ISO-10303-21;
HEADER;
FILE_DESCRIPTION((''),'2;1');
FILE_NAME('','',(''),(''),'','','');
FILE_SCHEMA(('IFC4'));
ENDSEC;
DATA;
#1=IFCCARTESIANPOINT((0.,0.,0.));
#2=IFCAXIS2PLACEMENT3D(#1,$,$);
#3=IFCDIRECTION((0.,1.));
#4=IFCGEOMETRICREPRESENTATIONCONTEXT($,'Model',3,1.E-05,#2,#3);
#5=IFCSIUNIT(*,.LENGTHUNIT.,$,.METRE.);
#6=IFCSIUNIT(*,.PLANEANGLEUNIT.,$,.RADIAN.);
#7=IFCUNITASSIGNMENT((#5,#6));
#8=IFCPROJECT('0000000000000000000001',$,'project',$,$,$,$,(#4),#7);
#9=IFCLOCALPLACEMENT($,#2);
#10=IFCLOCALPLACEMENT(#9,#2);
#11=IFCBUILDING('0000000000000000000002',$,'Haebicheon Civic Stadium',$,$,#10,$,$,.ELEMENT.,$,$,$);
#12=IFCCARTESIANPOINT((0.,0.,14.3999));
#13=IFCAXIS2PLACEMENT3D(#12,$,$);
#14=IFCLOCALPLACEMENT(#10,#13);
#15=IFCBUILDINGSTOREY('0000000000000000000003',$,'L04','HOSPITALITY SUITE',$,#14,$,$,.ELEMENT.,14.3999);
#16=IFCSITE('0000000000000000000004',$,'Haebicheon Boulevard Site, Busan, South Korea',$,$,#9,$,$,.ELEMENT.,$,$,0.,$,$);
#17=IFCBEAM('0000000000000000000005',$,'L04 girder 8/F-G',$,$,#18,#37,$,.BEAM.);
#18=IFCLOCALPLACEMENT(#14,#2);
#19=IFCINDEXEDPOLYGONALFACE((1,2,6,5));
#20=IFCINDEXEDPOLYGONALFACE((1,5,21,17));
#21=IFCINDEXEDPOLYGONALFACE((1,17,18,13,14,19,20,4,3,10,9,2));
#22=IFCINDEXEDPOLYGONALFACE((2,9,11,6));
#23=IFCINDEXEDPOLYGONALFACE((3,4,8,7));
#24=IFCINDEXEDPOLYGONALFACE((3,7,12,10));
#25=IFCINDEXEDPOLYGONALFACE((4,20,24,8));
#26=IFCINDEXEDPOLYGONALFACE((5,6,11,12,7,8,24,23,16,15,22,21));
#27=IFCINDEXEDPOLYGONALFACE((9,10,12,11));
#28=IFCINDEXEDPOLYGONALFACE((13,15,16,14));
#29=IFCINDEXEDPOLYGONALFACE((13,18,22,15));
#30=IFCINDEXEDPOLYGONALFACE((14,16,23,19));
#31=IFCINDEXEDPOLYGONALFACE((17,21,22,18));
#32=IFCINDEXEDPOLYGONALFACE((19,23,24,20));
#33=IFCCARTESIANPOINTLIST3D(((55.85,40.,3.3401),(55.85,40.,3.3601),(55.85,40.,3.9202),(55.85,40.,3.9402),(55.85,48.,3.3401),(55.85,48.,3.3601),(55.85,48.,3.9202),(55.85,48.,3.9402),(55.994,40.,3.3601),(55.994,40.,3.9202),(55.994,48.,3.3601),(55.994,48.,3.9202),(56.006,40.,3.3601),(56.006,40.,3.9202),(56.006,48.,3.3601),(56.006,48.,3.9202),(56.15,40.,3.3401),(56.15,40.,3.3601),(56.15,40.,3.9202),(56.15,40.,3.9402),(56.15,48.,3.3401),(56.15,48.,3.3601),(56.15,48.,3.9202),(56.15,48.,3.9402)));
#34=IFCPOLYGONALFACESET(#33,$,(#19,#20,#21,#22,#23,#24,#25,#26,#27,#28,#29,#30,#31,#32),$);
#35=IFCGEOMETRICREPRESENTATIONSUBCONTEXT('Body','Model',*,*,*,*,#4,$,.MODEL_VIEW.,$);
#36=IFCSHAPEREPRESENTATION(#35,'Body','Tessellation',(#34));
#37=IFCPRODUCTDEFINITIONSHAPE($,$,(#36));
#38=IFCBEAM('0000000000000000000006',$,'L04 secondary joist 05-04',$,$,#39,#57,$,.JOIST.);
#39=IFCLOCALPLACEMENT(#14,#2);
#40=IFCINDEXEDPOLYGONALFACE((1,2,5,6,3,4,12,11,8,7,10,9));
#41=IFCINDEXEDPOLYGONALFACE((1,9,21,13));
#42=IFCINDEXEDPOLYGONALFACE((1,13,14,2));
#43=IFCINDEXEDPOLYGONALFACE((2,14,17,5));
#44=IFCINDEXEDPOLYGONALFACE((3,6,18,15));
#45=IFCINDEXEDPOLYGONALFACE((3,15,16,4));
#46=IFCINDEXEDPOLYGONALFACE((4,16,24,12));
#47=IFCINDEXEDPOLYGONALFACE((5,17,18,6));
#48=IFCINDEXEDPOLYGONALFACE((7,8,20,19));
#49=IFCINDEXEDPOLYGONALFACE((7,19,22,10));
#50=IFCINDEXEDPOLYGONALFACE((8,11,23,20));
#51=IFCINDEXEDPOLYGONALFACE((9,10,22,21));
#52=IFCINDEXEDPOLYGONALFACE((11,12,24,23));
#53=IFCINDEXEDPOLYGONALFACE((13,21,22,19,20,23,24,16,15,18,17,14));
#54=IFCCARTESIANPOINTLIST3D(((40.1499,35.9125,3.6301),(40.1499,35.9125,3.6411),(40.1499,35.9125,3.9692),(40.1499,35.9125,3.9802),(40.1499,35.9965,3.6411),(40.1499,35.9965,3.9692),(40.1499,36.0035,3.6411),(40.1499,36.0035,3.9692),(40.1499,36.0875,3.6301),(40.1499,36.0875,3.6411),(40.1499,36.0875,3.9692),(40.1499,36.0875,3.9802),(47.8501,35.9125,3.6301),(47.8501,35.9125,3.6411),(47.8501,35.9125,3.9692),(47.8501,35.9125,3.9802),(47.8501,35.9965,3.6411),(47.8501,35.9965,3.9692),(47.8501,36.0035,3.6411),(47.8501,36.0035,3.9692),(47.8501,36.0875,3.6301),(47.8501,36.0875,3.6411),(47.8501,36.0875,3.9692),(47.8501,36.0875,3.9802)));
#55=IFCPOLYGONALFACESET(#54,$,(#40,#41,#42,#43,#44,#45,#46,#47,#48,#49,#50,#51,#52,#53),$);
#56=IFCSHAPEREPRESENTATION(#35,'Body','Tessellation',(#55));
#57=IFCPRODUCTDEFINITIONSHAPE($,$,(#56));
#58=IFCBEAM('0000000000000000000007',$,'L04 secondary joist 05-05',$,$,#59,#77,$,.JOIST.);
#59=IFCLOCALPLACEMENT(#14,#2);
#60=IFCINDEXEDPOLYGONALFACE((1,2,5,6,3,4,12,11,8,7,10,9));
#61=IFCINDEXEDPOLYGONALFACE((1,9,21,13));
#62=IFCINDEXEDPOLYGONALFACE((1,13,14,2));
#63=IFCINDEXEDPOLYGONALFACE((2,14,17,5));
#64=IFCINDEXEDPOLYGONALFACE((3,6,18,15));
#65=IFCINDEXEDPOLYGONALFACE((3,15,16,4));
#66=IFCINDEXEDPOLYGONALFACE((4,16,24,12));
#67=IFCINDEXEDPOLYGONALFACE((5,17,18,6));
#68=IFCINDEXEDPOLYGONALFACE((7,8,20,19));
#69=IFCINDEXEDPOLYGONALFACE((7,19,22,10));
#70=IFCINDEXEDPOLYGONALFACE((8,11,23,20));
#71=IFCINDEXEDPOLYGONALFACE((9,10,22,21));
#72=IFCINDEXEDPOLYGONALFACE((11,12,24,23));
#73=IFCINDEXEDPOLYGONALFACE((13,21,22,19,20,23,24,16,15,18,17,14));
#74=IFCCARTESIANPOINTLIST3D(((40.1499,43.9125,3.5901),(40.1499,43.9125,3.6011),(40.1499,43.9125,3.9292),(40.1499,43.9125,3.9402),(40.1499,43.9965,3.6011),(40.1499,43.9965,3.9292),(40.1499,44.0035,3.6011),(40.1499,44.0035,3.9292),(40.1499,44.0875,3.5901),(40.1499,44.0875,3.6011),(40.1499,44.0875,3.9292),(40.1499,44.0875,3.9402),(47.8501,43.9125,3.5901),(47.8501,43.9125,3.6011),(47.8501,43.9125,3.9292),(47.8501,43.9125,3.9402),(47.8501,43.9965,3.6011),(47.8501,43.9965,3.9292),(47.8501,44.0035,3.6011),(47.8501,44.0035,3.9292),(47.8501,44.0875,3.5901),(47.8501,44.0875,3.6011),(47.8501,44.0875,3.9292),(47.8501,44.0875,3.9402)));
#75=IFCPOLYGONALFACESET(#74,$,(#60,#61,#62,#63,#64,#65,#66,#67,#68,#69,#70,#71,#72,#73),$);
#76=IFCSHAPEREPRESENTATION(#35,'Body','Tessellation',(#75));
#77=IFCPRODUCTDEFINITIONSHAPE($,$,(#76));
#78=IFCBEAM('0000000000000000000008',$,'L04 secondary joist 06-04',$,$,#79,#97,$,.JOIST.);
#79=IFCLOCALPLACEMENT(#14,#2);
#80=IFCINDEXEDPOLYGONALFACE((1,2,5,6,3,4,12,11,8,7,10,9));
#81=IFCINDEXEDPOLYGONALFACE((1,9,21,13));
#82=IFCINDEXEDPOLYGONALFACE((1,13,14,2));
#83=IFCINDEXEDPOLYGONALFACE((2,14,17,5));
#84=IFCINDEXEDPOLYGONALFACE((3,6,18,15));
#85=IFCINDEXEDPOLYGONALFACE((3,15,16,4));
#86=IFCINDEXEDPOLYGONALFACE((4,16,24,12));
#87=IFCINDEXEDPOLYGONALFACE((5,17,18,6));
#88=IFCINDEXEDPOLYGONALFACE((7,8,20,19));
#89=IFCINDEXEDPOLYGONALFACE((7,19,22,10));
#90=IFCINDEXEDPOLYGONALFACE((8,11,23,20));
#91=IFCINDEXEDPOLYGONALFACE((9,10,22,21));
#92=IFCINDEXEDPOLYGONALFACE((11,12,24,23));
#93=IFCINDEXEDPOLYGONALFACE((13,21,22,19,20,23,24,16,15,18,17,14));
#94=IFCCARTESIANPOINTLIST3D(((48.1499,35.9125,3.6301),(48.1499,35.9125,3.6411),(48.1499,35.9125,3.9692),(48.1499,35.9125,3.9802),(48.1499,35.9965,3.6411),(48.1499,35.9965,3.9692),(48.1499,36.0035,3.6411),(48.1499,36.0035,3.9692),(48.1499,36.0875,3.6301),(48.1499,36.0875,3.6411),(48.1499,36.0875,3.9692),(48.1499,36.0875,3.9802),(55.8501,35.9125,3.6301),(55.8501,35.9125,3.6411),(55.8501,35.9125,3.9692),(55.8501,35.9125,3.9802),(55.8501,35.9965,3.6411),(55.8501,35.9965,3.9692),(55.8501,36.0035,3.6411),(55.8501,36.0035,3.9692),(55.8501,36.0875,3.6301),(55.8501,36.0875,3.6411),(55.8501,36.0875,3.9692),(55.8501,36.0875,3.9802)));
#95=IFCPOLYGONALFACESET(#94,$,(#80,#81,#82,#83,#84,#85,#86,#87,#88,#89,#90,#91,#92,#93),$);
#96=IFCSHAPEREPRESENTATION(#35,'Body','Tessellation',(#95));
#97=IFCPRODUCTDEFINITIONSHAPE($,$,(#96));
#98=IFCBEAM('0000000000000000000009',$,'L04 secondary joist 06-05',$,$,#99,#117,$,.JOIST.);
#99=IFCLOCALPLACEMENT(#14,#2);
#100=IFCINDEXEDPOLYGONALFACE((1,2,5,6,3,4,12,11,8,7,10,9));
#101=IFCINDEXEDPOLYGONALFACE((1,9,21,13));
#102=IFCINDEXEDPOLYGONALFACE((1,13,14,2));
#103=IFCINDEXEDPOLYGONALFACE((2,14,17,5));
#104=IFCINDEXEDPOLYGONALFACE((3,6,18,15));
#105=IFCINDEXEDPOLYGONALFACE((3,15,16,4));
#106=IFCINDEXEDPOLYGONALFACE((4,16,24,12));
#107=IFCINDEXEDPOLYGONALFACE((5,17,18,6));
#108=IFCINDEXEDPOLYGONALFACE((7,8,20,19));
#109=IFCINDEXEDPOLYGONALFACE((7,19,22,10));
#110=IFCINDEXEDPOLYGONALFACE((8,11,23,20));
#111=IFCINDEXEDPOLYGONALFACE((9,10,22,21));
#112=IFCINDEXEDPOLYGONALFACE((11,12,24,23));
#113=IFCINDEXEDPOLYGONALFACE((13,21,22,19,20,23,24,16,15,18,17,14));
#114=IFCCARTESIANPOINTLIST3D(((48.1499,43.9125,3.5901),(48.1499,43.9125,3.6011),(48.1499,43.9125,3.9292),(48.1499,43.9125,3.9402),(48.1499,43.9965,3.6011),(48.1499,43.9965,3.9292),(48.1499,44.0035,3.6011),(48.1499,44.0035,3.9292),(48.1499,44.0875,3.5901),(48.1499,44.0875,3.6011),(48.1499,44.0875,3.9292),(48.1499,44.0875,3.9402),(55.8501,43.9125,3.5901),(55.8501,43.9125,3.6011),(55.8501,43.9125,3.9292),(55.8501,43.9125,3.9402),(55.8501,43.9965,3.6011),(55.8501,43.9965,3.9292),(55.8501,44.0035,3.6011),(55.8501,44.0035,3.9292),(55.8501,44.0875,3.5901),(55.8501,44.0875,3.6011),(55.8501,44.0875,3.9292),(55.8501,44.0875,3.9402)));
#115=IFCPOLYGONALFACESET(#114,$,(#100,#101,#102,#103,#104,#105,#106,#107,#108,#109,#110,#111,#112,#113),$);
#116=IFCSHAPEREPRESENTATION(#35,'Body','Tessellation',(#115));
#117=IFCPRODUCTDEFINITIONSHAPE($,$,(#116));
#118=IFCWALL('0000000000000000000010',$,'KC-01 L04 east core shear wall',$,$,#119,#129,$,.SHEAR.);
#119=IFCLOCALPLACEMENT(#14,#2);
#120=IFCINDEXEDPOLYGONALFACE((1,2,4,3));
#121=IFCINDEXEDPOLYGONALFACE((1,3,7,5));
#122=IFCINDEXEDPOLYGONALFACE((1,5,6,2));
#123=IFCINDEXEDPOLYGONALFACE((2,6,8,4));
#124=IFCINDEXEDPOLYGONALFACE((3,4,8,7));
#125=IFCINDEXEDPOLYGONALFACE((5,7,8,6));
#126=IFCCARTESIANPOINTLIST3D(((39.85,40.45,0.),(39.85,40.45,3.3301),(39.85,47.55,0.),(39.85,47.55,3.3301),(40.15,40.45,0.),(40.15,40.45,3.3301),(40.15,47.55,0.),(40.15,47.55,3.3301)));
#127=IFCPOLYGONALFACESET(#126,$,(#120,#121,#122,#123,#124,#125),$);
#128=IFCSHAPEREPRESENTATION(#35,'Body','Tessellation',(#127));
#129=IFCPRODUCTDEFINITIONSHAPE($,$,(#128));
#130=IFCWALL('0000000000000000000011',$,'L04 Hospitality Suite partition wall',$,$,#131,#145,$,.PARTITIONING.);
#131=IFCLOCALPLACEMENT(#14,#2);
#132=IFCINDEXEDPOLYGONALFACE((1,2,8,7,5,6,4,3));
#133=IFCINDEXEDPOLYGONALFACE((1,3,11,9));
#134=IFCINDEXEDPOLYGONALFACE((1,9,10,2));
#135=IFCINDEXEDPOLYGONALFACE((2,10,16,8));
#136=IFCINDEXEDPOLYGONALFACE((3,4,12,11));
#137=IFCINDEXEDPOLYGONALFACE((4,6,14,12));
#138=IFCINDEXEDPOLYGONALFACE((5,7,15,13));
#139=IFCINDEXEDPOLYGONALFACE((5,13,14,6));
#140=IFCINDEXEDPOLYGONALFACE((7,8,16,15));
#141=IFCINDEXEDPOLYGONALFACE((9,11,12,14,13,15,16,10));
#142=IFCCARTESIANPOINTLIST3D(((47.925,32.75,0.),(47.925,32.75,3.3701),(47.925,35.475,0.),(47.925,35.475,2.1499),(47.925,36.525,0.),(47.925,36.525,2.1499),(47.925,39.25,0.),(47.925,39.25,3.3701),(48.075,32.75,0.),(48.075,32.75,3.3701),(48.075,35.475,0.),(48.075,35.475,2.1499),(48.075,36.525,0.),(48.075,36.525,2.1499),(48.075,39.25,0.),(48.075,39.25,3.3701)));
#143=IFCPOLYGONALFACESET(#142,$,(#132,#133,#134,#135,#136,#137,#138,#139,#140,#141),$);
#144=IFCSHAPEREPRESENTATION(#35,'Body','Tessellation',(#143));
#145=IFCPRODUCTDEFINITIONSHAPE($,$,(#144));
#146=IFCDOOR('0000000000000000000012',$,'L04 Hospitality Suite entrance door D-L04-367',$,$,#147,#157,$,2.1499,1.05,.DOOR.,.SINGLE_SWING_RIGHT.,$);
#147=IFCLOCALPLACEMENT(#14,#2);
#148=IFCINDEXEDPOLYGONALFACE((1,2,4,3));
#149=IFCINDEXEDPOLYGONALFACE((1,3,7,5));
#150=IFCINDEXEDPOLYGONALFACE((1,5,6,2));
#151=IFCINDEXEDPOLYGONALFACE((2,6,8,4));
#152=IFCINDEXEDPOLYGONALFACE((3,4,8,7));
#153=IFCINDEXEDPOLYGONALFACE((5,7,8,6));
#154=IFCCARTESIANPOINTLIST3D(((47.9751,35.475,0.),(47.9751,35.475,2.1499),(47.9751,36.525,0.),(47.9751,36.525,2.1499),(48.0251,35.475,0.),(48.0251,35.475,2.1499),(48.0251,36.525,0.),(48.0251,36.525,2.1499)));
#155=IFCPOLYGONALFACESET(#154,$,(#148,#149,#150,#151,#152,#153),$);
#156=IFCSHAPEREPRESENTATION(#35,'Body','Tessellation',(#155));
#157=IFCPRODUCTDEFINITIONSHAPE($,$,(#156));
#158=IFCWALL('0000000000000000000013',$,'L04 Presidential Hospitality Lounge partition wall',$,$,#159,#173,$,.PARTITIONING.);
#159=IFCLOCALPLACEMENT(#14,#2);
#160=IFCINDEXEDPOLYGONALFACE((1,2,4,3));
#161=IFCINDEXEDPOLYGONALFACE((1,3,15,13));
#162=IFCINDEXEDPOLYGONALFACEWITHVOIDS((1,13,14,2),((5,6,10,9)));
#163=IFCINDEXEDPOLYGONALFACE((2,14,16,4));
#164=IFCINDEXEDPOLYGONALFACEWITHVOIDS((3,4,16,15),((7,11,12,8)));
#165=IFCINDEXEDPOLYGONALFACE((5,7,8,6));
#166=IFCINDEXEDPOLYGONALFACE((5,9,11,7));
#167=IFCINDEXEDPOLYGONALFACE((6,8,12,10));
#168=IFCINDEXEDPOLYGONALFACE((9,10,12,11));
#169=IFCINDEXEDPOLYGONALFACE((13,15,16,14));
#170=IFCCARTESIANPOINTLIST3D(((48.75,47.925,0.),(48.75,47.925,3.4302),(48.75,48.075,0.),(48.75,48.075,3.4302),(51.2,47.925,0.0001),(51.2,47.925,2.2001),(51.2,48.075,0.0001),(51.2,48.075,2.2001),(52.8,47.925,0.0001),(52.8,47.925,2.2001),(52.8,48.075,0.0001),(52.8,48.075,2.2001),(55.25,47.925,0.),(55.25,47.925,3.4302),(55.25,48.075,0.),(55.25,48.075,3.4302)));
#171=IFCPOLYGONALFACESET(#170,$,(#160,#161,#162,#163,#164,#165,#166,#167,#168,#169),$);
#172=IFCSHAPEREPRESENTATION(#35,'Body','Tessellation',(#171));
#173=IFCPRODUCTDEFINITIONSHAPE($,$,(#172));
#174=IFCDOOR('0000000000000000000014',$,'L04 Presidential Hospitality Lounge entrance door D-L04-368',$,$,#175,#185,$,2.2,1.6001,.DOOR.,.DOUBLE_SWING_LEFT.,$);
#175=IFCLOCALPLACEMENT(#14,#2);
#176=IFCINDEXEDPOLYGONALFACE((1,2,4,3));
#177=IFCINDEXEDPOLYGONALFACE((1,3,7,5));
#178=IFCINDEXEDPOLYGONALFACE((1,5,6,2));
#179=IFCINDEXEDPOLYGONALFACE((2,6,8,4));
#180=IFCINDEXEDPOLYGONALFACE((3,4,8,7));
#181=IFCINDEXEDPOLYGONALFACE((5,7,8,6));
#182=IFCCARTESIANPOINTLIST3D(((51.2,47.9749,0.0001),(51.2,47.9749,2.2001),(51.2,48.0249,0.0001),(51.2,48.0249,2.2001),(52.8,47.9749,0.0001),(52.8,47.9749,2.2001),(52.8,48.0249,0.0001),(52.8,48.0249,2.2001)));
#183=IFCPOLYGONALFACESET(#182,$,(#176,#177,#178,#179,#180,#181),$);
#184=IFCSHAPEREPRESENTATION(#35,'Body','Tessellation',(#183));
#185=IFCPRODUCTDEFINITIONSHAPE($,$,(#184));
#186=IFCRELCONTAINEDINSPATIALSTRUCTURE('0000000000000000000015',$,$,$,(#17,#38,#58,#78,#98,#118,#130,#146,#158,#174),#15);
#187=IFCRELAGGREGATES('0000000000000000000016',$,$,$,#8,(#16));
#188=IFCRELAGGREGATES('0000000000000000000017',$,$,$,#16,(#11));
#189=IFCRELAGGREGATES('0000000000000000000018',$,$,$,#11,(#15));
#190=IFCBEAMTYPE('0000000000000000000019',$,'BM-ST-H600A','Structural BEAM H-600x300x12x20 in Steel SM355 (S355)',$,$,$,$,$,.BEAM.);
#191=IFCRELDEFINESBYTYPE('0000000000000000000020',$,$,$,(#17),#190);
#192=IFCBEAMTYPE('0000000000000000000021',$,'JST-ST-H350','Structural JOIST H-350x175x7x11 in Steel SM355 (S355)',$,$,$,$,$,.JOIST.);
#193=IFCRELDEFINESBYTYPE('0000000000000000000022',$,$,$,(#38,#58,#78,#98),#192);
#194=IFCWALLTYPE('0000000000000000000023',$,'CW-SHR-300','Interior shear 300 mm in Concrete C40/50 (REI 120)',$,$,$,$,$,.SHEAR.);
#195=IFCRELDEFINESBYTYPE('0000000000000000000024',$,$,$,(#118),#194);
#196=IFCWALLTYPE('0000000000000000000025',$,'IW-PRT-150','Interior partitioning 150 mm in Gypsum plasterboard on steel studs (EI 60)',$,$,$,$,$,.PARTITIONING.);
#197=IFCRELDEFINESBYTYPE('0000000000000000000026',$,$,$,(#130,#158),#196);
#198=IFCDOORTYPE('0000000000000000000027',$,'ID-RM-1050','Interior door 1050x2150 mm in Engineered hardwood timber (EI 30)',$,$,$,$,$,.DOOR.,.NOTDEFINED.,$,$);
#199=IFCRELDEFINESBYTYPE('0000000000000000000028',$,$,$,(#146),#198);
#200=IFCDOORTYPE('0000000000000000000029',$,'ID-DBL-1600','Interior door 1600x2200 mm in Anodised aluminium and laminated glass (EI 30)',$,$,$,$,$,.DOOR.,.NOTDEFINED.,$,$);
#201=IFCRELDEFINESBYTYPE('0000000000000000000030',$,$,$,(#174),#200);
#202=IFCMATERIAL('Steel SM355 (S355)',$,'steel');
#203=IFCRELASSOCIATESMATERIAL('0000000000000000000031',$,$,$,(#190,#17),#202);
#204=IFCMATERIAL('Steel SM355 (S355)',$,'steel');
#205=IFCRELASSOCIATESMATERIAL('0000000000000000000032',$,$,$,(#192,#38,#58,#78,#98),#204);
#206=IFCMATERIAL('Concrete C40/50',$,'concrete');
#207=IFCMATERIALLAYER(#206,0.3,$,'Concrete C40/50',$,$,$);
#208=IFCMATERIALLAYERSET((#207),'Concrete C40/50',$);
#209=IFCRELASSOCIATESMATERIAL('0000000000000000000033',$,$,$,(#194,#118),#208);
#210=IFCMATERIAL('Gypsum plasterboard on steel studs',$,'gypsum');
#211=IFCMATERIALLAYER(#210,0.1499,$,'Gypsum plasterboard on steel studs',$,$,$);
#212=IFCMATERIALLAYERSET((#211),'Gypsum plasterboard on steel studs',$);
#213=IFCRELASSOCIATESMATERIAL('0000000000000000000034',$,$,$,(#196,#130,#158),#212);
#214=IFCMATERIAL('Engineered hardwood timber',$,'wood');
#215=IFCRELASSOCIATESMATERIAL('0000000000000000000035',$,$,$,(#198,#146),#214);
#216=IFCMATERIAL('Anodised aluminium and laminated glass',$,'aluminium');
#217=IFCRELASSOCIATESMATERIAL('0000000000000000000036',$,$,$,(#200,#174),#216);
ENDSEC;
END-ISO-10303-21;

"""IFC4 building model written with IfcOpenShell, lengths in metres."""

from ifc_helpers import new_model, si_unit, direction, frame, frame_2d, origin, origin_2d, place, context, subcontext, project, spatial, rectangle, i_section, extrude, material, layer, layer_set, material_profile, profile_set, type_object, element, fill, save


model = new_model("IFC4")

# Units and contexts
model_context = context("Model", 3, precision=1e-05, world=origin(), true_north=direction((0.0, 1.0)))
body_context = subcontext(model_context, "Body", "Model", "MODEL_VIEW")
ifc_project = project(units=[si_unit("LENGTHUNIT", "METRE"), si_unit("PLANEANGLEUNIT", "RADIAN")], contexts=[model_context])

# Site, building, storey
site_placement = place(None, origin())
site = spatial("IfcSite", under=ifc_project, at=site_placement, Name="Haebicheon Boulevard Site, Busan, South Korea", CompositionType="ELEMENT", RefElevation=0.0)
building_placement = place(site_placement, origin())
building = spatial("IfcBuilding", under=site, at=building_placement, Name="Haebicheon Civic Stadium", CompositionType="ELEMENT")
storey_placement = place(building_placement, frame((0.0, 0.0, 14.3999)))
storey = spatial("IfcBuildingStorey", under=building, at=storey_placement, Name="L04", Description="HOSPITALITY SUITE", CompositionType="ELEMENT", Elevation=14.3999)

# Beams
ifc_material_1 = material(Name="Steel SM355 (S355)", Category="steel")
ifc_material_profile_1 = material_profile(ifc_material_1, i_section(OverallWidth=0.3, OverallDepth=0.6001, WebThickness=0.012, FlangeThickness=0.02, at=origin_2d()), Name="H-600x300x12x20")
ifc_profile_set_1 = profile_set([ifc_material_profile_1], Name="Steel SM355 (S355)")
beam_type_1 = type_object("IfcBeamType", Name="BM-ST-H600A", Description="Structural BEAM H-600x300x12x20 in Steel SM355 (S355)", PredefinedType="BEAM", material=ifc_profile_set_1)
for number, where, z_axis, x_axis, name in (
    (1, (56.0, 40.0, 3.6401), (0.0, 1.0, 0.0), (-1.0, 0.0, 0.0), "L04 girder 8/F-G"),
):
    element("IfcBeam", number, at=place(storey_placement, frame(where, z_axis=z_axis, x_axis=x_axis)), inside=storey, type_object=beam_type_1, material=ifc_profile_set_1, Name=name, PredefinedType="BEAM", context=body_context, shape_type="SweptSolid", body=[
        extrude(i_section(OverallWidth=0.3, OverallDepth=0.6001, WebThickness=0.012, FlangeThickness=0.02, at=origin_2d()), origin(), (0.0, 0.0, 1.0), 8.0),
    ])
ifc_material_2 = material(Name="Steel SM355 (S355)", Category="steel")
ifc_material_profile_2 = material_profile(ifc_material_2, i_section(OverallWidth=0.175, OverallDepth=0.3501, WebThickness=0.0071, FlangeThickness=0.011, at=origin_2d()), Name="H-350x175x7x11")
ifc_profile_set_2 = profile_set([ifc_material_profile_2], Name="Steel SM355 (S355)")
beam_type_2 = type_object("IfcBeamType", Name="JST-ST-H350", Description="Structural JOIST H-350x175x7x11 in Steel SM355 (S355)", PredefinedType="JOIST", material=ifc_profile_set_2)
for number, where, z_axis, x_axis, name in (
    (2, (40.1499, 36.0, 3.8052), (1.0, 0.0, 0.0), (0.0, 1.0, 0.0), "L04 secondary joist 05-04"),
    (3, (40.1499, 44.0, 3.7651), (1.0, 0.0, 0.0), (0.0, 1.0, 0.0), "L04 secondary joist 05-05"),
    (4, (48.1499, 36.0, 3.8052), (1.0, 0.0, 0.0), (0.0, 1.0, 0.0), "L04 secondary joist 06-04"),
    (5, (48.1499, 44.0, 3.7651), (1.0, 0.0, 0.0), (0.0, 1.0, 0.0), "L04 secondary joist 06-05"),
):
    element("IfcBeam", number, at=place(storey_placement, frame(where, z_axis=z_axis, x_axis=x_axis)), inside=storey, type_object=beam_type_2, material=ifc_profile_set_2, Name=name, PredefinedType="JOIST", context=body_context, shape_type="SweptSolid", body=[
        extrude(i_section(OverallWidth=0.175, OverallDepth=0.3501, WebThickness=0.0071, FlangeThickness=0.011, at=origin_2d()), origin(), (0.0, 0.0, 1.0), 7.7002),
    ])

# Wall
ifc_material_3 = material(Name="Concrete C40/50", Category="concrete")
ifc_layer_1 = layer(ifc_material_3, 0.3, Name="Concrete C40/50")
ifc_layer_set_1 = layer_set([ifc_layer_1], Name="Concrete C40/50")
wall_type_1 = type_object("IfcWallType", Name="CW-SHR-300", Description="Interior shear 300 mm in Concrete C40/50 (REI 120)", PredefinedType="SHEAR", material=ifc_layer_set_1)
wall_1_placement = place(storey_placement, frame((40.0, 40.45, 0.0), z_axis=(0.0, 0.0, 1.0), x_axis=(0.0, 1.0, 0.0)))
element("IfcWall", 6, at=wall_1_placement, inside=storey, type_object=wall_type_1, material=ifc_layer_set_1, Name="KC-01 L04 east core shear wall", PredefinedType="SHEAR", context=body_context, shape_type="SweptSolid", body=[
    extrude(rectangle(XDim=7.1001, YDim=0.3, at=frame_2d((3.55, 0.0))), origin(), (0.0, 0.0, 1.0), 3.3301),
])

# Walls, openings, doors
ifc_material_4 = material(Name="Gypsum plasterboard on steel studs", Category="gypsum")
ifc_layer_2 = layer(ifc_material_4, 0.1499, Name="Gypsum plasterboard on steel studs")
ifc_layer_set_2 = layer_set([ifc_layer_2], Name="Gypsum plasterboard on steel studs")
wall_type_2 = type_object("IfcWallType", Name="IW-PRT-150", Description="Interior partitioning 150 mm in Gypsum plasterboard on steel studs (EI 60)", PredefinedType="PARTITIONING", material=ifc_layer_set_2)
wall_2_placement = place(storey_placement, frame((48.0, 32.75, 0.0), z_axis=(0.0, 0.0, 1.0), x_axis=(0.0, 1.0, 0.0)))
wall_2 = element("IfcWall", 7, at=wall_2_placement, inside=storey, type_object=wall_type_2, material=ifc_layer_set_2, Name="L04 Hospitality Suite partition wall", PredefinedType="PARTITIONING", context=body_context, shape_type="SweptSolid", body=[
    extrude(rectangle(XDim=6.5, YDim=0.1499, at=frame_2d((3.25, 0.0))), origin(), (0.0, 0.0, 1.0), 3.3701),
])
opening_1_placement = place(wall_2_placement, frame((2.7251, 0.0, 0.0)))
opening_1 = element("IfcOpeningElement", 8, at=opening_1_placement, cuts=wall_2, PredefinedType="OPENING", context=body_context, shape_type="SweptSolid", body=[
    extrude(rectangle(XDim=1.05, YDim=2.1499, at=frame_2d((0.5249, 1.075))), frame((0.0, 0.085, 0.0), z_axis=(0.0, -1.0, 0.0), x_axis=(1.0, 0.0, 0.0)), (0.0, 0.0, 1.0), 0.1699),
])
ifc_material_5 = material(Name="Engineered hardwood timber", Category="wood")
door_type_1 = type_object("IfcDoorType", Name="ID-RM-1050", Description="Interior door 1050x2150 mm in Engineered hardwood timber (EI 30)", OperationType="NOTDEFINED", PredefinedType="DOOR", material=ifc_material_5)
door_1_placement = place(opening_1_placement, origin())
door_1 = element("IfcDoor", 9, at=door_1_placement, inside=storey, type_object=door_type_1, material=ifc_material_5, Name="L04 Hospitality Suite entrance door D-L04-367", OperationType="SINGLE_SWING_RIGHT", OverallHeight=2.1499, OverallWidth=1.05, PredefinedType="DOOR", context=body_context, shape_type="SweptSolid", body=[
    extrude(rectangle(XDim=1.05, YDim=2.1499, at=frame_2d((0.5249, 1.075))), frame((0.0, 0.0249, 0.0), z_axis=(0.0, -1.0, 0.0), x_axis=(1.0, 0.0, 0.0)), (0.0, 0.0, 1.0), 0.05),
])
fill(opening_1, door_1)
wall_3_placement = place(storey_placement, frame((48.75, 48.0, 0.0), z_axis=(0.0, 0.0, 1.0), x_axis=(1.0, 0.0, 0.0)))
wall_3 = element("IfcWall", 10, at=wall_3_placement, inside=storey, type_object=wall_type_2, material=ifc_layer_set_2, Name="L04 Presidential Hospitality Lounge partition wall", PredefinedType="PARTITIONING", context=body_context, shape_type="SweptSolid", body=[
    extrude(rectangle(XDim=6.5, YDim=0.1499, at=frame_2d((3.25, 0.0))), origin(), (0.0, 0.0, 1.0), 3.4302),
])
opening_2_placement = place(wall_3_placement, frame((2.45, 0.0, 0.0)))
opening_2 = element("IfcOpeningElement", 11, at=opening_2_placement, cuts=wall_3, PredefinedType="OPENING", context=body_context, shape_type="SweptSolid", body=[
    extrude(rectangle(XDim=1.6001, YDim=2.2, at=frame_2d((0.8, 1.1001))), frame((0.0, 0.085, 0.0), z_axis=(0.0, -1.0, 0.0), x_axis=(1.0, 0.0, 0.0)), (0.0, 0.0, 1.0), 0.1699),
])
ifc_material_6 = material(Name="Anodised aluminium and laminated glass", Category="aluminium")
door_type_2 = type_object("IfcDoorType", Name="ID-DBL-1600", Description="Interior door 1600x2200 mm in Anodised aluminium and laminated glass (EI 30)", OperationType="NOTDEFINED", PredefinedType="DOOR", material=ifc_material_6)
door_2_placement = place(opening_2_placement, origin())
door_2 = element("IfcDoor", 12, at=door_2_placement, inside=storey, type_object=door_type_2, material=ifc_material_6, Name="L04 Presidential Hospitality Lounge entrance door D-L04-368", OperationType="DOUBLE_SWING_LEFT", OverallHeight=2.2, OverallWidth=1.6001, PredefinedType="DOOR", context=body_context, shape_type="SweptSolid", body=[
    extrude(rectangle(XDim=1.6001, YDim=2.2, at=frame_2d((0.8, 1.1001))), frame((0.0, 0.0249, 0.0), z_axis=(0.0, -1.0, 0.0), x_axis=(1.0, 0.0, 0.0)), (0.0, 0.0, 1.0), 0.05),
])
fill(opening_2, door_2)

save(model, "model.ifc")
